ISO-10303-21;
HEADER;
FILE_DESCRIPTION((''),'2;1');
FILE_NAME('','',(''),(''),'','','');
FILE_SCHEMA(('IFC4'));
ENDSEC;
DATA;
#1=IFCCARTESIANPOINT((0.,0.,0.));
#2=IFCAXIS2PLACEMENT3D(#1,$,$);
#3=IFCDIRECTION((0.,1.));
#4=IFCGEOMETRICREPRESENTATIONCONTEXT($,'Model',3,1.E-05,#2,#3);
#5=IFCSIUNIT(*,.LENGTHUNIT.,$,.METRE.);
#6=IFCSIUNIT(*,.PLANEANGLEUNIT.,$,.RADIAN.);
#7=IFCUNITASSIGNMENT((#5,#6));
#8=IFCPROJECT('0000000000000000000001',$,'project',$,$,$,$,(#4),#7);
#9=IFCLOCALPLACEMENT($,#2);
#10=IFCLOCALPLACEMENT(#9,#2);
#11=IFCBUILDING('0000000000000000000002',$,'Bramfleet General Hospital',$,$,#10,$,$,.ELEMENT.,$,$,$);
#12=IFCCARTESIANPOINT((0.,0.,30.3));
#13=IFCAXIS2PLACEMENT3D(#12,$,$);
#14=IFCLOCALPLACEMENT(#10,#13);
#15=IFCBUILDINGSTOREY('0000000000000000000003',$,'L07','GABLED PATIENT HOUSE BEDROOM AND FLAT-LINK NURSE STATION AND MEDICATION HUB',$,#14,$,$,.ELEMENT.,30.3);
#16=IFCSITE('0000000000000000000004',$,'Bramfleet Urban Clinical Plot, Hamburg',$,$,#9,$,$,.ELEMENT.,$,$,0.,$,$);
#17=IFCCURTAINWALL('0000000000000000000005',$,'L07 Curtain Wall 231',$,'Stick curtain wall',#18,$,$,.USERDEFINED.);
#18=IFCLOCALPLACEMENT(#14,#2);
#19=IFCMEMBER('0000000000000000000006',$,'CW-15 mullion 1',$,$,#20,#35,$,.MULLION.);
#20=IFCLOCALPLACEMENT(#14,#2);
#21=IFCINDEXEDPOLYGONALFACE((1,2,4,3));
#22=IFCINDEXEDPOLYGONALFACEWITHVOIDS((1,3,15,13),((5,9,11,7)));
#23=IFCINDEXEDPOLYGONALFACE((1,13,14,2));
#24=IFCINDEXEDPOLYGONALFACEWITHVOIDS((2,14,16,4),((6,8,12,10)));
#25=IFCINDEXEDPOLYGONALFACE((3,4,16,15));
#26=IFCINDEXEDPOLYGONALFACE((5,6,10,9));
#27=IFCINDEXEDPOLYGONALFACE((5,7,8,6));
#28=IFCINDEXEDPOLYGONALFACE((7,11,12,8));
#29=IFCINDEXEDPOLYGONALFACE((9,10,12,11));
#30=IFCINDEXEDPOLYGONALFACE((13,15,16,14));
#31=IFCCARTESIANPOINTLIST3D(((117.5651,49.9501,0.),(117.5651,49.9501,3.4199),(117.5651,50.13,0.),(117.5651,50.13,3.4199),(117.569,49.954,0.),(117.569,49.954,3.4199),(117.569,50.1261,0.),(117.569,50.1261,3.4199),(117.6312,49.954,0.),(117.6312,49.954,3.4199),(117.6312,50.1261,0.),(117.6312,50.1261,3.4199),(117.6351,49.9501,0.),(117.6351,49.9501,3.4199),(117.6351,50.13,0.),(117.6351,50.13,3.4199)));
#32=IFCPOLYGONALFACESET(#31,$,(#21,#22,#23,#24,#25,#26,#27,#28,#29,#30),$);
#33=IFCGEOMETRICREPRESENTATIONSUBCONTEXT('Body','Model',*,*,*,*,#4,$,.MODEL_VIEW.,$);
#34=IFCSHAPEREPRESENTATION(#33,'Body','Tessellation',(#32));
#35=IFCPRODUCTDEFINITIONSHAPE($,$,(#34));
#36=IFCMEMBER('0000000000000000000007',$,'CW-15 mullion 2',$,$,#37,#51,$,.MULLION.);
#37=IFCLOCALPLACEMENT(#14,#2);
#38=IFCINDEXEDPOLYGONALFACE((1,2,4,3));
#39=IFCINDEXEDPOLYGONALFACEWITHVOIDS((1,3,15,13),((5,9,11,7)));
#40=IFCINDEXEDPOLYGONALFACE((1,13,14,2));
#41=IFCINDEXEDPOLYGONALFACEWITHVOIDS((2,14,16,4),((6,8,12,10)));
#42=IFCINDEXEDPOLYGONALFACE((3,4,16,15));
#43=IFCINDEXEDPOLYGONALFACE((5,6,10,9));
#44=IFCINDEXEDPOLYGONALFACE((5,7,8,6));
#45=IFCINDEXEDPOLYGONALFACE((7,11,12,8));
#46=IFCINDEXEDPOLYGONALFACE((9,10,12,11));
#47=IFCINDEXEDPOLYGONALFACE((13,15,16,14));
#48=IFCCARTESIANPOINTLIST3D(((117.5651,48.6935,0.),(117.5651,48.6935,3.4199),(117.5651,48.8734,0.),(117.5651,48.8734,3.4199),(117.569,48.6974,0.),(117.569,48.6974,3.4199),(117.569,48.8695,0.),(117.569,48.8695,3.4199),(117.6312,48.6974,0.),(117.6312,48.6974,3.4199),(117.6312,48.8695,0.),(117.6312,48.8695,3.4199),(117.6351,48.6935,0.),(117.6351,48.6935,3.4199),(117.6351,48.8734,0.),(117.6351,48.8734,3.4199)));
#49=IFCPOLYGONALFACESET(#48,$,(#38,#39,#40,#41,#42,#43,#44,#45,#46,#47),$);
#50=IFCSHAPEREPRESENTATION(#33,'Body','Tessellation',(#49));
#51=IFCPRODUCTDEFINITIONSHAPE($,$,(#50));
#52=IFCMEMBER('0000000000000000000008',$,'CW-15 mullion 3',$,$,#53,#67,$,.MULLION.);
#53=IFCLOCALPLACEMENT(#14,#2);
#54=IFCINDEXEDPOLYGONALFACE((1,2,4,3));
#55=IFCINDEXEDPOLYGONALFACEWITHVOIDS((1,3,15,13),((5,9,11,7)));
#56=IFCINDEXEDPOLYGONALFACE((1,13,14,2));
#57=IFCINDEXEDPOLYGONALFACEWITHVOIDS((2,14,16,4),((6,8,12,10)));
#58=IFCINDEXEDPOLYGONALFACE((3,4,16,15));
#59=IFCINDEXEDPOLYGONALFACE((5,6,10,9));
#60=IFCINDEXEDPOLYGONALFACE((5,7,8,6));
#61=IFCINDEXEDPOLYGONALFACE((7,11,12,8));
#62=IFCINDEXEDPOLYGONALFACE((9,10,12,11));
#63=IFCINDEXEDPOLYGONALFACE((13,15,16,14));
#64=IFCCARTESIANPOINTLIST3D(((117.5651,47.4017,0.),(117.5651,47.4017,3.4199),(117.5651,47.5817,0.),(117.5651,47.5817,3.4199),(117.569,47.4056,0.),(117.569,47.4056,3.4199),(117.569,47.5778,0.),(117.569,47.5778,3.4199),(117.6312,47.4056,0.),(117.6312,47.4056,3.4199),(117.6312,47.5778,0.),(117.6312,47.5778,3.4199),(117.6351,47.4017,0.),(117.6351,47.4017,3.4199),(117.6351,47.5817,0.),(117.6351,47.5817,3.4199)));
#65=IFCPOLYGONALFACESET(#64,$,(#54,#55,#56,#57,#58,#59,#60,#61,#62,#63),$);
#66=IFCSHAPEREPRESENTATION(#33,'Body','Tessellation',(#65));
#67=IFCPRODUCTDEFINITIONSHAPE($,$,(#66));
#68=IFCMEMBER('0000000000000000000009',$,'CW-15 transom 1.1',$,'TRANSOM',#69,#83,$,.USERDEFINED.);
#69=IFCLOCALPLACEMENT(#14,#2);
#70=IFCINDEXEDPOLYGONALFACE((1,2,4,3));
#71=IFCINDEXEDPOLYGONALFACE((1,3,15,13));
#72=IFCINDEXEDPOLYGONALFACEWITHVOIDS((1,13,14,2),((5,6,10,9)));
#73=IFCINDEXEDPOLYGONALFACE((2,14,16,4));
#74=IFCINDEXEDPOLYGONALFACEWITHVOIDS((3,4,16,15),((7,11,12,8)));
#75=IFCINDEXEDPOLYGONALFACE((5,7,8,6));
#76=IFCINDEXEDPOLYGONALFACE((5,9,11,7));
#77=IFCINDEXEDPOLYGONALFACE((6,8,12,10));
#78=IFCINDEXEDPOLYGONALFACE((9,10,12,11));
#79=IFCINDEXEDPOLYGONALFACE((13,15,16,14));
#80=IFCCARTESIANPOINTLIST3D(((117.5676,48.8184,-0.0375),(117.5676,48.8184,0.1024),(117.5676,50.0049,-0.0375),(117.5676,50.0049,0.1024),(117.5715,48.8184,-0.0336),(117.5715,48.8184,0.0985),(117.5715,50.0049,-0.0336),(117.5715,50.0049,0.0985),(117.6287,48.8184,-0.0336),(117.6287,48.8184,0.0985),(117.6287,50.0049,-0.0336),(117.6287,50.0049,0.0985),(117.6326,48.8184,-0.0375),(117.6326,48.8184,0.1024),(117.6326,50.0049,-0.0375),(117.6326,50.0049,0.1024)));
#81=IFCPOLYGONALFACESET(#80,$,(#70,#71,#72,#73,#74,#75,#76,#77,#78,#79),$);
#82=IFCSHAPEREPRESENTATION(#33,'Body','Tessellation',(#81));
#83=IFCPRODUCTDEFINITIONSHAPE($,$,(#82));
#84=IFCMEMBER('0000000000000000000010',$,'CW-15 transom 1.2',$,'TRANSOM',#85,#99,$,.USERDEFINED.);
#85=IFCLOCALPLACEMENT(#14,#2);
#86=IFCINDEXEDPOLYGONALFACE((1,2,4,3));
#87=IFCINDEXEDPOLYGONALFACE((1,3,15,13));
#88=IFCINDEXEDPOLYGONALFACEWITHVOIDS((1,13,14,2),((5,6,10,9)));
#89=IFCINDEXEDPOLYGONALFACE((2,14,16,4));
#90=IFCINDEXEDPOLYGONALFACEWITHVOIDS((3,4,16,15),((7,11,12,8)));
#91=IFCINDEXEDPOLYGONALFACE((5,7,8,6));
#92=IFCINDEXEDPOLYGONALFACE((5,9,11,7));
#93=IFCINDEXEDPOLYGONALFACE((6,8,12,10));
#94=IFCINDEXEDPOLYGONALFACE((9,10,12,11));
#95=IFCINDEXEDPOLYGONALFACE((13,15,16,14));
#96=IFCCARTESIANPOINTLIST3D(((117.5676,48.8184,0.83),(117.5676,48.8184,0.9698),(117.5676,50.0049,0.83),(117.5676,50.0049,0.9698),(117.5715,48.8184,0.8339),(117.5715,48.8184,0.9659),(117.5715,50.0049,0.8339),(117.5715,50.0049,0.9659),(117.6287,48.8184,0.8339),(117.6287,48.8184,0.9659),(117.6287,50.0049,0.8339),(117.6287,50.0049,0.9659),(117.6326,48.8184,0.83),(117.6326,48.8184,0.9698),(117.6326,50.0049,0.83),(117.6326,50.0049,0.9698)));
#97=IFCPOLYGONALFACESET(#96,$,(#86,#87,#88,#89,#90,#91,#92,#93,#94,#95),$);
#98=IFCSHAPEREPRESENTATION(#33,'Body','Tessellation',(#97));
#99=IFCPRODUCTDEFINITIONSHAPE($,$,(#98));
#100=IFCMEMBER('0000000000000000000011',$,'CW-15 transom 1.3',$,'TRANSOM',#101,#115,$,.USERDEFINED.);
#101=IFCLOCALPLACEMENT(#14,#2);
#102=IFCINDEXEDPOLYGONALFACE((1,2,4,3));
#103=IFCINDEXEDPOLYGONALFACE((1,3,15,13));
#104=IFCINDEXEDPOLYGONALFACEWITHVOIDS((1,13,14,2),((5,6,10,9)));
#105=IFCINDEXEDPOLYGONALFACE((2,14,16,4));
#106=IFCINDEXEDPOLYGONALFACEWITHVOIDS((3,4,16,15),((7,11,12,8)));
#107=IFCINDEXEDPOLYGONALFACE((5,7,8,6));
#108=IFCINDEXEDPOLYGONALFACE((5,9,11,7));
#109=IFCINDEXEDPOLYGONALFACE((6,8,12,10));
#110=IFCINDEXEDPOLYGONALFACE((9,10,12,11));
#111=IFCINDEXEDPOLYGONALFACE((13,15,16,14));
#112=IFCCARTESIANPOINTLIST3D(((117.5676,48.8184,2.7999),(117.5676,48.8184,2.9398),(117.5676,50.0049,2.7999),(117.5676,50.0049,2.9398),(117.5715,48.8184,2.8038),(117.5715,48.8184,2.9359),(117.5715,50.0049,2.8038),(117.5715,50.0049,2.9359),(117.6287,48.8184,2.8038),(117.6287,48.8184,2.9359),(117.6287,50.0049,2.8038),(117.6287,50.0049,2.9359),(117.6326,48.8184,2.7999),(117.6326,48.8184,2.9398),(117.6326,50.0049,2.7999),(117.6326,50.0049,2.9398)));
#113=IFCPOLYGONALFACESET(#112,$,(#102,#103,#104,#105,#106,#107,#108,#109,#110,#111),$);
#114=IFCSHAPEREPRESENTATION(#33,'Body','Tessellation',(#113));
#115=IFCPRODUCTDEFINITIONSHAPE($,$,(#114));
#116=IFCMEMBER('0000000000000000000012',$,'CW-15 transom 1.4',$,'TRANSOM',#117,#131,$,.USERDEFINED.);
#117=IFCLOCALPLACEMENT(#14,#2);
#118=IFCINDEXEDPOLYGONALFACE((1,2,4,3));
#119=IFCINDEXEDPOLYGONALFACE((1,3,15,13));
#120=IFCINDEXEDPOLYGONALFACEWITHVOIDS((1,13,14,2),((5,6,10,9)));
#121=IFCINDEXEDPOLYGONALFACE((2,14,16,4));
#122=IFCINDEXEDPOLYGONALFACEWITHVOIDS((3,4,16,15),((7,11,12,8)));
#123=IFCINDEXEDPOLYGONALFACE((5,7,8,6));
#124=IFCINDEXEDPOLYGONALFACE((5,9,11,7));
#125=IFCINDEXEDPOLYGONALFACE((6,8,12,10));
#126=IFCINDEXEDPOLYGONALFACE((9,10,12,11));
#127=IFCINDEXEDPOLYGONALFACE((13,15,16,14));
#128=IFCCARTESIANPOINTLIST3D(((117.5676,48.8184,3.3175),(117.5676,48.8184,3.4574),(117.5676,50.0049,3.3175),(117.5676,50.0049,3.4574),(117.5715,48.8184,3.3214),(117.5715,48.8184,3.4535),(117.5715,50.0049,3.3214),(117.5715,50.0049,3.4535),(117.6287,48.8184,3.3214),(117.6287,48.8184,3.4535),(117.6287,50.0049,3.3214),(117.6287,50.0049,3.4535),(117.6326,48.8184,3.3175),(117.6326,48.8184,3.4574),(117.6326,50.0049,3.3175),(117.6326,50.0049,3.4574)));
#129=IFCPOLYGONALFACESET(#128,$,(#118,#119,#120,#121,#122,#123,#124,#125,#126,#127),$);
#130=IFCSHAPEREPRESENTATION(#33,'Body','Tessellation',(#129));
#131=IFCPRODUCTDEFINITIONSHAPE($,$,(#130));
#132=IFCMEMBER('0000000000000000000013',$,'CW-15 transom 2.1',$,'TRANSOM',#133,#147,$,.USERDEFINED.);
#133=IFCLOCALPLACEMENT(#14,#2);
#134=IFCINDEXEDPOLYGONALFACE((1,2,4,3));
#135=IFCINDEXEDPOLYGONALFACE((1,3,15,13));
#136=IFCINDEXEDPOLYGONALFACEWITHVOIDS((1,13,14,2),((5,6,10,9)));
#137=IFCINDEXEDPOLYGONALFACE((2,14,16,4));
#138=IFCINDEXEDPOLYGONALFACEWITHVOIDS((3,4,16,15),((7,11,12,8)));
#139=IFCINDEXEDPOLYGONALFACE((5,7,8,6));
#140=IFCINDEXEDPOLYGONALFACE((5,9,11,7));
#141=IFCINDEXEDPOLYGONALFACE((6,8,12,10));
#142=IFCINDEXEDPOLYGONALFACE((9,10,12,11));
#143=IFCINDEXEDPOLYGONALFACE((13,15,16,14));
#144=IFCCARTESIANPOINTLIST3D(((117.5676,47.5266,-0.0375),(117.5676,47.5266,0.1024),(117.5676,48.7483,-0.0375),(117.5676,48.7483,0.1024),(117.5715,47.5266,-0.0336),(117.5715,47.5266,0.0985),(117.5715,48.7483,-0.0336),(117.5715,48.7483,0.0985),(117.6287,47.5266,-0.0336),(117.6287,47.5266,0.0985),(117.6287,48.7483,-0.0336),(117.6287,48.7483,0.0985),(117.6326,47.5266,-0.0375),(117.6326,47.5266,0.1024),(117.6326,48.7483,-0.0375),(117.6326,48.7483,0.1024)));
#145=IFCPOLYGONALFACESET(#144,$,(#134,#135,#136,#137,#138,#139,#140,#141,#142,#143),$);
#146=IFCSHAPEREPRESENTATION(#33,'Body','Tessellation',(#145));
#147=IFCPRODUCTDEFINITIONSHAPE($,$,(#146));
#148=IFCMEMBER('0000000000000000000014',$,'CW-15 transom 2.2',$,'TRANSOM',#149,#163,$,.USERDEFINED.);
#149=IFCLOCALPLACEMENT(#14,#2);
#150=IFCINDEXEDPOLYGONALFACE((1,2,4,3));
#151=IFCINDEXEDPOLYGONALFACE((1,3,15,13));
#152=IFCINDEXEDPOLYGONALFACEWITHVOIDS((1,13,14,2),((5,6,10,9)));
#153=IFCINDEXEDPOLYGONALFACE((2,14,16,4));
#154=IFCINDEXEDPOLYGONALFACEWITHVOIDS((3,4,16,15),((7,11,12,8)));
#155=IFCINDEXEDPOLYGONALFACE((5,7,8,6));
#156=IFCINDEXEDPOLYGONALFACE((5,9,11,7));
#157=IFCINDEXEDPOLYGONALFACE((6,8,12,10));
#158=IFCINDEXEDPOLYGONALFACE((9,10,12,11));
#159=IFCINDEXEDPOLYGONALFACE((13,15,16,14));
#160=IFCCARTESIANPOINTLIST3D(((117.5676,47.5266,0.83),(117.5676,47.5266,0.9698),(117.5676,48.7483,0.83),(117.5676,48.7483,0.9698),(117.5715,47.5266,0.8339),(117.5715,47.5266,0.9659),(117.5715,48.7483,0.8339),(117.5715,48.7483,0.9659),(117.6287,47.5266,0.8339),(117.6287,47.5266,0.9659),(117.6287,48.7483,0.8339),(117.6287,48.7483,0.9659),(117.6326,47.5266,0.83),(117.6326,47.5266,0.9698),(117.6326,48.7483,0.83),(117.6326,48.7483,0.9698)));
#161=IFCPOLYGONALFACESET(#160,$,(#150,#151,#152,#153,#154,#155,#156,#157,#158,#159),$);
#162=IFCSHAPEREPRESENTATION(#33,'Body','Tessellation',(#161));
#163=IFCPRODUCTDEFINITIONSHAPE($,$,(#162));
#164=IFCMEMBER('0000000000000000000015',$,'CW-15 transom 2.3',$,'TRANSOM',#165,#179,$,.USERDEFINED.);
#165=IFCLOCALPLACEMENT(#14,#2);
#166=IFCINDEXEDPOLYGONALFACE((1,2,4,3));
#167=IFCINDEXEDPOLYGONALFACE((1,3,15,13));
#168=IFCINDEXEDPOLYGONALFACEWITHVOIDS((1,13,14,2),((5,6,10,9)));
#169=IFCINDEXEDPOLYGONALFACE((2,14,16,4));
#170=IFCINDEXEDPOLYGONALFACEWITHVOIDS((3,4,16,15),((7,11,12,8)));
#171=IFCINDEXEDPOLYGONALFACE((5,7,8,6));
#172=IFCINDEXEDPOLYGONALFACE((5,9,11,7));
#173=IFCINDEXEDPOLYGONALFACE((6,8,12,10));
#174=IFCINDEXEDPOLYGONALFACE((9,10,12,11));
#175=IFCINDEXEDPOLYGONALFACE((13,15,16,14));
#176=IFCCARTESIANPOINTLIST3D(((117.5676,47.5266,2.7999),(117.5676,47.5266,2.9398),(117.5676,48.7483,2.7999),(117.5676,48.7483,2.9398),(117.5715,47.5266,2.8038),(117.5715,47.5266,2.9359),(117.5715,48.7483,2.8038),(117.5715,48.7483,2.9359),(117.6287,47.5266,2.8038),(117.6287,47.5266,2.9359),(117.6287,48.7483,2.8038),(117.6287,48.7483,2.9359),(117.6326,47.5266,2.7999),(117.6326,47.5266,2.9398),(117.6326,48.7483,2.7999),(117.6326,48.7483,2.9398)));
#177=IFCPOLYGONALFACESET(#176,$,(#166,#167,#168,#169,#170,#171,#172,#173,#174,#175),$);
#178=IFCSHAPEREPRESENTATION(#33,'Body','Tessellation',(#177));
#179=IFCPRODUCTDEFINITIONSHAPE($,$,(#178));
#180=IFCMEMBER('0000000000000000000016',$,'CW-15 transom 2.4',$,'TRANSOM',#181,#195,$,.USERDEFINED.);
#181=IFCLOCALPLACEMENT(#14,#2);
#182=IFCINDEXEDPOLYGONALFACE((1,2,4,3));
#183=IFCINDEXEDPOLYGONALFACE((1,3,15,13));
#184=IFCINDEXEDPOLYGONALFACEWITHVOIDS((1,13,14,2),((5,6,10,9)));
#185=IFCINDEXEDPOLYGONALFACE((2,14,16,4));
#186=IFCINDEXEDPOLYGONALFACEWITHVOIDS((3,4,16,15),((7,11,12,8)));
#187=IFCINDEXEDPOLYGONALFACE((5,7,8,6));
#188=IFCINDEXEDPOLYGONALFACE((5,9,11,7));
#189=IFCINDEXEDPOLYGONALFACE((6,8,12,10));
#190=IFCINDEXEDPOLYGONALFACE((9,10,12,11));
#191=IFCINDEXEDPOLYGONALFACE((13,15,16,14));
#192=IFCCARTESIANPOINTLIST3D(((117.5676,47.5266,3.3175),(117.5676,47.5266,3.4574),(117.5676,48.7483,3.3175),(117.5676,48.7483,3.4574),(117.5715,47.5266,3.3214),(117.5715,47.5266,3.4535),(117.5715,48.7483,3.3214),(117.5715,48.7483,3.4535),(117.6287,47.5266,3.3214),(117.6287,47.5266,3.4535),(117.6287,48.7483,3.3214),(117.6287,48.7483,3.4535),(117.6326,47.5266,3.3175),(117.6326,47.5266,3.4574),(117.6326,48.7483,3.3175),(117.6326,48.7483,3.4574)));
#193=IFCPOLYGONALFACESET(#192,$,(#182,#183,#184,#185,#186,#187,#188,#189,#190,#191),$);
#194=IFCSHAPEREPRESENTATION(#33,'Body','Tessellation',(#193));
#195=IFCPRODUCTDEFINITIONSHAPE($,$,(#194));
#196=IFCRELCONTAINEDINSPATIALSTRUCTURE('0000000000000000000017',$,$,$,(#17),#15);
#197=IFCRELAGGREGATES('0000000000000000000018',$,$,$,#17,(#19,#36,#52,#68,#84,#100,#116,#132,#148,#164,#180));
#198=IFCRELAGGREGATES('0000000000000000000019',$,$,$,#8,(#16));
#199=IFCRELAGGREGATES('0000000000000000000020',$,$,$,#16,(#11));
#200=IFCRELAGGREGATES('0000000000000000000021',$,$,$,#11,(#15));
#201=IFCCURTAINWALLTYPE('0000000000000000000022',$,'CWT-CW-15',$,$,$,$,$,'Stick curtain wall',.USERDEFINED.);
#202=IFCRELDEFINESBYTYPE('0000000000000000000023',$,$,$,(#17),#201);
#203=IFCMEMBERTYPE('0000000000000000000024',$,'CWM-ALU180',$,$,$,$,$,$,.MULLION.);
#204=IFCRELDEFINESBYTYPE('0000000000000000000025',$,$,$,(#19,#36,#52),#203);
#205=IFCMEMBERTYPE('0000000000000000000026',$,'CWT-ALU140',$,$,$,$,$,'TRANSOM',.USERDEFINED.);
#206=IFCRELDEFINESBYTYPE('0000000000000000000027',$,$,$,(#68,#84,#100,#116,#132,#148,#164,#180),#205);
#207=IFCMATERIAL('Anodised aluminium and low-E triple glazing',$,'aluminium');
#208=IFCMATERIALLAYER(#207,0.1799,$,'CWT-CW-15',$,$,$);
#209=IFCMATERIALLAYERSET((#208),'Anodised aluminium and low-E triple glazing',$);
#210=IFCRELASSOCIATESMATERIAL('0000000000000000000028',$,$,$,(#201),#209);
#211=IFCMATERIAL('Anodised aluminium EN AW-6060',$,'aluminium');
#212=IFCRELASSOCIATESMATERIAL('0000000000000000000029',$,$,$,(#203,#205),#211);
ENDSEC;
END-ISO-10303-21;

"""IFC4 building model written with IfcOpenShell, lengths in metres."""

from ifc_helpers import new_model, si_unit, direction, frame, origin, origin_2d, place, context, subcontext, project, spatial, hollow_rectangle, extrude, material, layer, layer_set, material_profile, profile_set, type_object, element, aggregate, save


model = new_model("IFC4")

# Units and contexts
model_context = context("Model", 3, precision=1e-05, world=origin(), true_north=direction((0.0, 1.0)))
body_context = subcontext(model_context, "Body", "Model", "MODEL_VIEW")
ifc_project = project(units=[si_unit("LENGTHUNIT", "METRE"), si_unit("PLANEANGLEUNIT", "RADIAN")], contexts=[model_context])

# Site, building, storey
site_placement = place(None, origin())
site = spatial("IfcSite", under=ifc_project, at=site_placement, Name="Bramfleet Urban Clinical Plot, Hamburg", CompositionType="ELEMENT", RefElevation=0.0)
building_placement = place(site_placement, origin())
building = spatial("IfcBuilding", under=site, at=building_placement, Name="Bramfleet General Hospital", CompositionType="ELEMENT")
storey_placement = place(building_placement, frame((0.0, 0.0, 30.3)))
storey = spatial("IfcBuildingStorey", under=building, at=storey_placement, Name="L07", Description="GABLED PATIENT HOUSE BEDROOM AND FLAT-LINK NURSE STATION AND MEDICATION HUB", CompositionType="ELEMENT", Elevation=30.3)

# Curtain wall, members
ifc_material_1 = material(Name="Anodised aluminium and low-E triple glazing", Category="aluminium")
ifc_layer_1 = layer(ifc_material_1, 0.1799, Name="CWT-CW-15")
ifc_layer_set_1 = layer_set([ifc_layer_1], Name="Anodised aluminium and low-E triple glazing")
curtain_wall_type = type_object("IfcCurtainWallType", Name="CWT-CW-15", ElementType="Stick curtain wall", PredefinedType="USERDEFINED", material=ifc_layer_set_1)
curtain_wall_placement = place(storey_placement, origin())
curtain_wall = element("IfcCurtainWall", 1, at=curtain_wall_placement, inside=storey, type_object=curtain_wall_type, Name="L07 Curtain Wall 231", ObjectType="Stick curtain wall", PredefinedType="USERDEFINED")
ifc_material_2 = material(Name="Anodised aluminium EN AW-6060", Category="aluminium")
ifc_material_profile_1 = material_profile(ifc_material_2, hollow_rectangle(XDim=0.0701, YDim=0.1799, WallThickness=0.0039, at=origin_2d()), Name="ALU 180x70x4.0")
ifc_profile_set_1 = profile_set([ifc_material_profile_1], Name="Anodised aluminium EN AW-6060")
member_type_1 = type_object("IfcMemberType", Name="CWM-ALU180", PredefinedType="MULLION", material=ifc_profile_set_1)
member_1_placement = place(storey_placement, frame((117.6001, 50.04, 0.0), z_axis=(0.0, 0.0, 1.0), x_axis=(1.0, 0.0, 0.0)))
member_1 = element("IfcMember", 2, at=member_1_placement, type_object=member_type_1, Name="CW-15 mullion 1", PredefinedType="MULLION", context=body_context, shape_type="SweptSolid", body=[
    extrude(hollow_rectangle(XDim=0.0701, YDim=0.1799, WallThickness=0.0039, at=origin_2d()), origin(), (0.0, 0.0, 1.0), 3.4199),
])
member_2_placement = place(storey_placement, frame((117.6001, 48.7834, 0.0), z_axis=(0.0, 0.0, 1.0), x_axis=(1.0, 0.0, 0.0)))
member_2 = element("IfcMember", 3, at=member_2_placement, type_object=member_type_1, Name="CW-15 mullion 2", PredefinedType="MULLION", context=body_context, shape_type="SweptSolid", body=[
    extrude(hollow_rectangle(XDim=0.0701, YDim=0.1799, WallThickness=0.0039, at=origin_2d()), origin(), (0.0, 0.0, 1.0), 3.4199),
])
member_3_placement = place(storey_placement, frame((117.6001, 47.4917, 0.0), z_axis=(0.0, 0.0, 1.0), x_axis=(1.0, 0.0, 0.0)))
member_3 = element("IfcMember", 4, at=member_3_placement, type_object=member_type_1, Name="CW-15 mullion 3", PredefinedType="MULLION", context=body_context, shape_type="SweptSolid", body=[
    extrude(hollow_rectangle(XDim=0.0701, YDim=0.1799, WallThickness=0.0039, at=origin_2d()), origin(), (0.0, 0.0, 1.0), 3.4199),
])
ifc_material_profile_2 = material_profile(ifc_material_2, hollow_rectangle(XDim=0.0649, YDim=0.1399, WallThickness=0.0039, at=origin_2d()), Name="ALU 140x65x4.0")
ifc_profile_set_2 = profile_set([ifc_material_profile_2], Name="Anodised aluminium EN AW-6060")
member_type_2 = type_object("IfcMemberType", Name="CWT-ALU140", ElementType="TRANSOM", PredefinedType="USERDEFINED", material=ifc_profile_set_2)
member_4_placement = place(storey_placement, frame((117.6001, 50.0049, 0.0325), z_axis=(0.0, -1.0, 0.0), x_axis=(1.0, 0.0, 0.0)))
member_4 = element("IfcMember", 5, at=member_4_placement, type_object=member_type_2, Name="CW-15 transom 1.1", ObjectType="TRANSOM", PredefinedType="USERDEFINED", context=body_context, shape_type="SweptSolid", body=[
    extrude(hollow_rectangle(XDim=0.0649, YDim=0.1399, WallThickness=0.0039, at=origin_2d()), origin(), (0.0, 0.0, 1.0), 1.1865),
])
member_5_placement = place(storey_placement, frame((117.6001, 50.0049, 0.8999), z_axis=(0.0, -1.0, 0.0), x_axis=(1.0, 0.0, 0.0)))
member_5 = element("IfcMember", 6, at=member_5_placement, type_object=member_type_2, Name="CW-15 transom 1.2", ObjectType="TRANSOM", PredefinedType="USERDEFINED", context=body_context, shape_type="SweptSolid", body=[
    extrude(hollow_rectangle(XDim=0.0649, YDim=0.1399, WallThickness=0.0039, at=origin_2d()), origin(), (0.0, 0.0, 1.0), 1.1865),
])
member_6_placement = place(storey_placement, frame((117.6001, 50.0049, 2.8699), z_axis=(0.0, -1.0, 0.0), x_axis=(1.0, 0.0, 0.0)))
member_6 = element("IfcMember", 7, at=member_6_placement, type_object=member_type_2, Name="CW-15 transom 1.3", ObjectType="TRANSOM", PredefinedType="USERDEFINED", context=body_context, shape_type="SweptSolid", body=[
    extrude(hollow_rectangle(XDim=0.0649, YDim=0.1399, WallThickness=0.0039, at=origin_2d()), origin(), (0.0, 0.0, 1.0), 1.1865),
])
member_7_placement = place(storey_placement, frame((117.6001, 50.0049, 3.3875), z_axis=(0.0, -1.0, 0.0), x_axis=(1.0, 0.0, 0.0)))
member_7 = element("IfcMember", 8, at=member_7_placement, type_object=member_type_2, Name="CW-15 transom 1.4", ObjectType="TRANSOM", PredefinedType="USERDEFINED", context=body_context, shape_type="SweptSolid", body=[
    extrude(hollow_rectangle(XDim=0.0649, YDim=0.1399, WallThickness=0.0039, at=origin_2d()), origin(), (0.0, 0.0, 1.0), 1.1865),
])
member_8_placement = place(storey_placement, frame((117.6001, 48.7483, 0.0325), z_axis=(0.0, -1.0, 0.0), x_axis=(1.0, 0.0, 0.0)))
member_8 = element("IfcMember", 9, at=member_8_placement, type_object=member_type_2, Name="CW-15 transom 2.1", ObjectType="TRANSOM", PredefinedType="USERDEFINED", context=body_context, shape_type="SweptSolid", body=[
    extrude(hollow_rectangle(XDim=0.0649, YDim=0.1399, WallThickness=0.0039, at=origin_2d()), origin(), (0.0, 0.0, 1.0), 1.2217),
])
member_9_placement = place(storey_placement, frame((117.6001, 48.7483, 0.8999), z_axis=(0.0, -1.0, 0.0), x_axis=(1.0, 0.0, 0.0)))
member_9 = element("IfcMember", 10, at=member_9_placement, type_object=member_type_2, Name="CW-15 transom 2.2", ObjectType="TRANSOM", PredefinedType="USERDEFINED", context=body_context, shape_type="SweptSolid", body=[
    extrude(hollow_rectangle(XDim=0.0649, YDim=0.1399, WallThickness=0.0039, at=origin_2d()), origin(), (0.0, 0.0, 1.0), 1.2217),
])
member_10_placement = place(storey_placement, frame((117.6001, 48.7483, 2.8699), z_axis=(0.0, -1.0, 0.0), x_axis=(1.0, 0.0, 0.0)))
member_10 = element("IfcMember", 11, at=member_10_placement, type_object=member_type_2, Name="CW-15 transom 2.3", ObjectType="TRANSOM", PredefinedType="USERDEFINED", context=body_context, shape_type="SweptSolid", body=[
    extrude(hollow_rectangle(XDim=0.0649, YDim=0.1399, WallThickness=0.0039, at=origin_2d()), origin(), (0.0, 0.0, 1.0), 1.2217),
])
member_11_placement = place(storey_placement, frame((117.6001, 48.7483, 3.3875), z_axis=(0.0, -1.0, 0.0), x_axis=(1.0, 0.0, 0.0)))
member_11 = element("IfcMember", 12, at=member_11_placement, type_object=member_type_2, Name="CW-15 transom 2.4", ObjectType="TRANSOM", PredefinedType="USERDEFINED", context=body_context, shape_type="SweptSolid", body=[
    extrude(hollow_rectangle(XDim=0.0649, YDim=0.1399, WallThickness=0.0039, at=origin_2d()), origin(), (0.0, 0.0, 1.0), 1.2217),
])
aggregate(curtain_wall, [member_1, member_2, member_3, member_4, member_5, member_6, member_7, member_8, member_9, member_10, member_11])

save(model, "model.ifc")
